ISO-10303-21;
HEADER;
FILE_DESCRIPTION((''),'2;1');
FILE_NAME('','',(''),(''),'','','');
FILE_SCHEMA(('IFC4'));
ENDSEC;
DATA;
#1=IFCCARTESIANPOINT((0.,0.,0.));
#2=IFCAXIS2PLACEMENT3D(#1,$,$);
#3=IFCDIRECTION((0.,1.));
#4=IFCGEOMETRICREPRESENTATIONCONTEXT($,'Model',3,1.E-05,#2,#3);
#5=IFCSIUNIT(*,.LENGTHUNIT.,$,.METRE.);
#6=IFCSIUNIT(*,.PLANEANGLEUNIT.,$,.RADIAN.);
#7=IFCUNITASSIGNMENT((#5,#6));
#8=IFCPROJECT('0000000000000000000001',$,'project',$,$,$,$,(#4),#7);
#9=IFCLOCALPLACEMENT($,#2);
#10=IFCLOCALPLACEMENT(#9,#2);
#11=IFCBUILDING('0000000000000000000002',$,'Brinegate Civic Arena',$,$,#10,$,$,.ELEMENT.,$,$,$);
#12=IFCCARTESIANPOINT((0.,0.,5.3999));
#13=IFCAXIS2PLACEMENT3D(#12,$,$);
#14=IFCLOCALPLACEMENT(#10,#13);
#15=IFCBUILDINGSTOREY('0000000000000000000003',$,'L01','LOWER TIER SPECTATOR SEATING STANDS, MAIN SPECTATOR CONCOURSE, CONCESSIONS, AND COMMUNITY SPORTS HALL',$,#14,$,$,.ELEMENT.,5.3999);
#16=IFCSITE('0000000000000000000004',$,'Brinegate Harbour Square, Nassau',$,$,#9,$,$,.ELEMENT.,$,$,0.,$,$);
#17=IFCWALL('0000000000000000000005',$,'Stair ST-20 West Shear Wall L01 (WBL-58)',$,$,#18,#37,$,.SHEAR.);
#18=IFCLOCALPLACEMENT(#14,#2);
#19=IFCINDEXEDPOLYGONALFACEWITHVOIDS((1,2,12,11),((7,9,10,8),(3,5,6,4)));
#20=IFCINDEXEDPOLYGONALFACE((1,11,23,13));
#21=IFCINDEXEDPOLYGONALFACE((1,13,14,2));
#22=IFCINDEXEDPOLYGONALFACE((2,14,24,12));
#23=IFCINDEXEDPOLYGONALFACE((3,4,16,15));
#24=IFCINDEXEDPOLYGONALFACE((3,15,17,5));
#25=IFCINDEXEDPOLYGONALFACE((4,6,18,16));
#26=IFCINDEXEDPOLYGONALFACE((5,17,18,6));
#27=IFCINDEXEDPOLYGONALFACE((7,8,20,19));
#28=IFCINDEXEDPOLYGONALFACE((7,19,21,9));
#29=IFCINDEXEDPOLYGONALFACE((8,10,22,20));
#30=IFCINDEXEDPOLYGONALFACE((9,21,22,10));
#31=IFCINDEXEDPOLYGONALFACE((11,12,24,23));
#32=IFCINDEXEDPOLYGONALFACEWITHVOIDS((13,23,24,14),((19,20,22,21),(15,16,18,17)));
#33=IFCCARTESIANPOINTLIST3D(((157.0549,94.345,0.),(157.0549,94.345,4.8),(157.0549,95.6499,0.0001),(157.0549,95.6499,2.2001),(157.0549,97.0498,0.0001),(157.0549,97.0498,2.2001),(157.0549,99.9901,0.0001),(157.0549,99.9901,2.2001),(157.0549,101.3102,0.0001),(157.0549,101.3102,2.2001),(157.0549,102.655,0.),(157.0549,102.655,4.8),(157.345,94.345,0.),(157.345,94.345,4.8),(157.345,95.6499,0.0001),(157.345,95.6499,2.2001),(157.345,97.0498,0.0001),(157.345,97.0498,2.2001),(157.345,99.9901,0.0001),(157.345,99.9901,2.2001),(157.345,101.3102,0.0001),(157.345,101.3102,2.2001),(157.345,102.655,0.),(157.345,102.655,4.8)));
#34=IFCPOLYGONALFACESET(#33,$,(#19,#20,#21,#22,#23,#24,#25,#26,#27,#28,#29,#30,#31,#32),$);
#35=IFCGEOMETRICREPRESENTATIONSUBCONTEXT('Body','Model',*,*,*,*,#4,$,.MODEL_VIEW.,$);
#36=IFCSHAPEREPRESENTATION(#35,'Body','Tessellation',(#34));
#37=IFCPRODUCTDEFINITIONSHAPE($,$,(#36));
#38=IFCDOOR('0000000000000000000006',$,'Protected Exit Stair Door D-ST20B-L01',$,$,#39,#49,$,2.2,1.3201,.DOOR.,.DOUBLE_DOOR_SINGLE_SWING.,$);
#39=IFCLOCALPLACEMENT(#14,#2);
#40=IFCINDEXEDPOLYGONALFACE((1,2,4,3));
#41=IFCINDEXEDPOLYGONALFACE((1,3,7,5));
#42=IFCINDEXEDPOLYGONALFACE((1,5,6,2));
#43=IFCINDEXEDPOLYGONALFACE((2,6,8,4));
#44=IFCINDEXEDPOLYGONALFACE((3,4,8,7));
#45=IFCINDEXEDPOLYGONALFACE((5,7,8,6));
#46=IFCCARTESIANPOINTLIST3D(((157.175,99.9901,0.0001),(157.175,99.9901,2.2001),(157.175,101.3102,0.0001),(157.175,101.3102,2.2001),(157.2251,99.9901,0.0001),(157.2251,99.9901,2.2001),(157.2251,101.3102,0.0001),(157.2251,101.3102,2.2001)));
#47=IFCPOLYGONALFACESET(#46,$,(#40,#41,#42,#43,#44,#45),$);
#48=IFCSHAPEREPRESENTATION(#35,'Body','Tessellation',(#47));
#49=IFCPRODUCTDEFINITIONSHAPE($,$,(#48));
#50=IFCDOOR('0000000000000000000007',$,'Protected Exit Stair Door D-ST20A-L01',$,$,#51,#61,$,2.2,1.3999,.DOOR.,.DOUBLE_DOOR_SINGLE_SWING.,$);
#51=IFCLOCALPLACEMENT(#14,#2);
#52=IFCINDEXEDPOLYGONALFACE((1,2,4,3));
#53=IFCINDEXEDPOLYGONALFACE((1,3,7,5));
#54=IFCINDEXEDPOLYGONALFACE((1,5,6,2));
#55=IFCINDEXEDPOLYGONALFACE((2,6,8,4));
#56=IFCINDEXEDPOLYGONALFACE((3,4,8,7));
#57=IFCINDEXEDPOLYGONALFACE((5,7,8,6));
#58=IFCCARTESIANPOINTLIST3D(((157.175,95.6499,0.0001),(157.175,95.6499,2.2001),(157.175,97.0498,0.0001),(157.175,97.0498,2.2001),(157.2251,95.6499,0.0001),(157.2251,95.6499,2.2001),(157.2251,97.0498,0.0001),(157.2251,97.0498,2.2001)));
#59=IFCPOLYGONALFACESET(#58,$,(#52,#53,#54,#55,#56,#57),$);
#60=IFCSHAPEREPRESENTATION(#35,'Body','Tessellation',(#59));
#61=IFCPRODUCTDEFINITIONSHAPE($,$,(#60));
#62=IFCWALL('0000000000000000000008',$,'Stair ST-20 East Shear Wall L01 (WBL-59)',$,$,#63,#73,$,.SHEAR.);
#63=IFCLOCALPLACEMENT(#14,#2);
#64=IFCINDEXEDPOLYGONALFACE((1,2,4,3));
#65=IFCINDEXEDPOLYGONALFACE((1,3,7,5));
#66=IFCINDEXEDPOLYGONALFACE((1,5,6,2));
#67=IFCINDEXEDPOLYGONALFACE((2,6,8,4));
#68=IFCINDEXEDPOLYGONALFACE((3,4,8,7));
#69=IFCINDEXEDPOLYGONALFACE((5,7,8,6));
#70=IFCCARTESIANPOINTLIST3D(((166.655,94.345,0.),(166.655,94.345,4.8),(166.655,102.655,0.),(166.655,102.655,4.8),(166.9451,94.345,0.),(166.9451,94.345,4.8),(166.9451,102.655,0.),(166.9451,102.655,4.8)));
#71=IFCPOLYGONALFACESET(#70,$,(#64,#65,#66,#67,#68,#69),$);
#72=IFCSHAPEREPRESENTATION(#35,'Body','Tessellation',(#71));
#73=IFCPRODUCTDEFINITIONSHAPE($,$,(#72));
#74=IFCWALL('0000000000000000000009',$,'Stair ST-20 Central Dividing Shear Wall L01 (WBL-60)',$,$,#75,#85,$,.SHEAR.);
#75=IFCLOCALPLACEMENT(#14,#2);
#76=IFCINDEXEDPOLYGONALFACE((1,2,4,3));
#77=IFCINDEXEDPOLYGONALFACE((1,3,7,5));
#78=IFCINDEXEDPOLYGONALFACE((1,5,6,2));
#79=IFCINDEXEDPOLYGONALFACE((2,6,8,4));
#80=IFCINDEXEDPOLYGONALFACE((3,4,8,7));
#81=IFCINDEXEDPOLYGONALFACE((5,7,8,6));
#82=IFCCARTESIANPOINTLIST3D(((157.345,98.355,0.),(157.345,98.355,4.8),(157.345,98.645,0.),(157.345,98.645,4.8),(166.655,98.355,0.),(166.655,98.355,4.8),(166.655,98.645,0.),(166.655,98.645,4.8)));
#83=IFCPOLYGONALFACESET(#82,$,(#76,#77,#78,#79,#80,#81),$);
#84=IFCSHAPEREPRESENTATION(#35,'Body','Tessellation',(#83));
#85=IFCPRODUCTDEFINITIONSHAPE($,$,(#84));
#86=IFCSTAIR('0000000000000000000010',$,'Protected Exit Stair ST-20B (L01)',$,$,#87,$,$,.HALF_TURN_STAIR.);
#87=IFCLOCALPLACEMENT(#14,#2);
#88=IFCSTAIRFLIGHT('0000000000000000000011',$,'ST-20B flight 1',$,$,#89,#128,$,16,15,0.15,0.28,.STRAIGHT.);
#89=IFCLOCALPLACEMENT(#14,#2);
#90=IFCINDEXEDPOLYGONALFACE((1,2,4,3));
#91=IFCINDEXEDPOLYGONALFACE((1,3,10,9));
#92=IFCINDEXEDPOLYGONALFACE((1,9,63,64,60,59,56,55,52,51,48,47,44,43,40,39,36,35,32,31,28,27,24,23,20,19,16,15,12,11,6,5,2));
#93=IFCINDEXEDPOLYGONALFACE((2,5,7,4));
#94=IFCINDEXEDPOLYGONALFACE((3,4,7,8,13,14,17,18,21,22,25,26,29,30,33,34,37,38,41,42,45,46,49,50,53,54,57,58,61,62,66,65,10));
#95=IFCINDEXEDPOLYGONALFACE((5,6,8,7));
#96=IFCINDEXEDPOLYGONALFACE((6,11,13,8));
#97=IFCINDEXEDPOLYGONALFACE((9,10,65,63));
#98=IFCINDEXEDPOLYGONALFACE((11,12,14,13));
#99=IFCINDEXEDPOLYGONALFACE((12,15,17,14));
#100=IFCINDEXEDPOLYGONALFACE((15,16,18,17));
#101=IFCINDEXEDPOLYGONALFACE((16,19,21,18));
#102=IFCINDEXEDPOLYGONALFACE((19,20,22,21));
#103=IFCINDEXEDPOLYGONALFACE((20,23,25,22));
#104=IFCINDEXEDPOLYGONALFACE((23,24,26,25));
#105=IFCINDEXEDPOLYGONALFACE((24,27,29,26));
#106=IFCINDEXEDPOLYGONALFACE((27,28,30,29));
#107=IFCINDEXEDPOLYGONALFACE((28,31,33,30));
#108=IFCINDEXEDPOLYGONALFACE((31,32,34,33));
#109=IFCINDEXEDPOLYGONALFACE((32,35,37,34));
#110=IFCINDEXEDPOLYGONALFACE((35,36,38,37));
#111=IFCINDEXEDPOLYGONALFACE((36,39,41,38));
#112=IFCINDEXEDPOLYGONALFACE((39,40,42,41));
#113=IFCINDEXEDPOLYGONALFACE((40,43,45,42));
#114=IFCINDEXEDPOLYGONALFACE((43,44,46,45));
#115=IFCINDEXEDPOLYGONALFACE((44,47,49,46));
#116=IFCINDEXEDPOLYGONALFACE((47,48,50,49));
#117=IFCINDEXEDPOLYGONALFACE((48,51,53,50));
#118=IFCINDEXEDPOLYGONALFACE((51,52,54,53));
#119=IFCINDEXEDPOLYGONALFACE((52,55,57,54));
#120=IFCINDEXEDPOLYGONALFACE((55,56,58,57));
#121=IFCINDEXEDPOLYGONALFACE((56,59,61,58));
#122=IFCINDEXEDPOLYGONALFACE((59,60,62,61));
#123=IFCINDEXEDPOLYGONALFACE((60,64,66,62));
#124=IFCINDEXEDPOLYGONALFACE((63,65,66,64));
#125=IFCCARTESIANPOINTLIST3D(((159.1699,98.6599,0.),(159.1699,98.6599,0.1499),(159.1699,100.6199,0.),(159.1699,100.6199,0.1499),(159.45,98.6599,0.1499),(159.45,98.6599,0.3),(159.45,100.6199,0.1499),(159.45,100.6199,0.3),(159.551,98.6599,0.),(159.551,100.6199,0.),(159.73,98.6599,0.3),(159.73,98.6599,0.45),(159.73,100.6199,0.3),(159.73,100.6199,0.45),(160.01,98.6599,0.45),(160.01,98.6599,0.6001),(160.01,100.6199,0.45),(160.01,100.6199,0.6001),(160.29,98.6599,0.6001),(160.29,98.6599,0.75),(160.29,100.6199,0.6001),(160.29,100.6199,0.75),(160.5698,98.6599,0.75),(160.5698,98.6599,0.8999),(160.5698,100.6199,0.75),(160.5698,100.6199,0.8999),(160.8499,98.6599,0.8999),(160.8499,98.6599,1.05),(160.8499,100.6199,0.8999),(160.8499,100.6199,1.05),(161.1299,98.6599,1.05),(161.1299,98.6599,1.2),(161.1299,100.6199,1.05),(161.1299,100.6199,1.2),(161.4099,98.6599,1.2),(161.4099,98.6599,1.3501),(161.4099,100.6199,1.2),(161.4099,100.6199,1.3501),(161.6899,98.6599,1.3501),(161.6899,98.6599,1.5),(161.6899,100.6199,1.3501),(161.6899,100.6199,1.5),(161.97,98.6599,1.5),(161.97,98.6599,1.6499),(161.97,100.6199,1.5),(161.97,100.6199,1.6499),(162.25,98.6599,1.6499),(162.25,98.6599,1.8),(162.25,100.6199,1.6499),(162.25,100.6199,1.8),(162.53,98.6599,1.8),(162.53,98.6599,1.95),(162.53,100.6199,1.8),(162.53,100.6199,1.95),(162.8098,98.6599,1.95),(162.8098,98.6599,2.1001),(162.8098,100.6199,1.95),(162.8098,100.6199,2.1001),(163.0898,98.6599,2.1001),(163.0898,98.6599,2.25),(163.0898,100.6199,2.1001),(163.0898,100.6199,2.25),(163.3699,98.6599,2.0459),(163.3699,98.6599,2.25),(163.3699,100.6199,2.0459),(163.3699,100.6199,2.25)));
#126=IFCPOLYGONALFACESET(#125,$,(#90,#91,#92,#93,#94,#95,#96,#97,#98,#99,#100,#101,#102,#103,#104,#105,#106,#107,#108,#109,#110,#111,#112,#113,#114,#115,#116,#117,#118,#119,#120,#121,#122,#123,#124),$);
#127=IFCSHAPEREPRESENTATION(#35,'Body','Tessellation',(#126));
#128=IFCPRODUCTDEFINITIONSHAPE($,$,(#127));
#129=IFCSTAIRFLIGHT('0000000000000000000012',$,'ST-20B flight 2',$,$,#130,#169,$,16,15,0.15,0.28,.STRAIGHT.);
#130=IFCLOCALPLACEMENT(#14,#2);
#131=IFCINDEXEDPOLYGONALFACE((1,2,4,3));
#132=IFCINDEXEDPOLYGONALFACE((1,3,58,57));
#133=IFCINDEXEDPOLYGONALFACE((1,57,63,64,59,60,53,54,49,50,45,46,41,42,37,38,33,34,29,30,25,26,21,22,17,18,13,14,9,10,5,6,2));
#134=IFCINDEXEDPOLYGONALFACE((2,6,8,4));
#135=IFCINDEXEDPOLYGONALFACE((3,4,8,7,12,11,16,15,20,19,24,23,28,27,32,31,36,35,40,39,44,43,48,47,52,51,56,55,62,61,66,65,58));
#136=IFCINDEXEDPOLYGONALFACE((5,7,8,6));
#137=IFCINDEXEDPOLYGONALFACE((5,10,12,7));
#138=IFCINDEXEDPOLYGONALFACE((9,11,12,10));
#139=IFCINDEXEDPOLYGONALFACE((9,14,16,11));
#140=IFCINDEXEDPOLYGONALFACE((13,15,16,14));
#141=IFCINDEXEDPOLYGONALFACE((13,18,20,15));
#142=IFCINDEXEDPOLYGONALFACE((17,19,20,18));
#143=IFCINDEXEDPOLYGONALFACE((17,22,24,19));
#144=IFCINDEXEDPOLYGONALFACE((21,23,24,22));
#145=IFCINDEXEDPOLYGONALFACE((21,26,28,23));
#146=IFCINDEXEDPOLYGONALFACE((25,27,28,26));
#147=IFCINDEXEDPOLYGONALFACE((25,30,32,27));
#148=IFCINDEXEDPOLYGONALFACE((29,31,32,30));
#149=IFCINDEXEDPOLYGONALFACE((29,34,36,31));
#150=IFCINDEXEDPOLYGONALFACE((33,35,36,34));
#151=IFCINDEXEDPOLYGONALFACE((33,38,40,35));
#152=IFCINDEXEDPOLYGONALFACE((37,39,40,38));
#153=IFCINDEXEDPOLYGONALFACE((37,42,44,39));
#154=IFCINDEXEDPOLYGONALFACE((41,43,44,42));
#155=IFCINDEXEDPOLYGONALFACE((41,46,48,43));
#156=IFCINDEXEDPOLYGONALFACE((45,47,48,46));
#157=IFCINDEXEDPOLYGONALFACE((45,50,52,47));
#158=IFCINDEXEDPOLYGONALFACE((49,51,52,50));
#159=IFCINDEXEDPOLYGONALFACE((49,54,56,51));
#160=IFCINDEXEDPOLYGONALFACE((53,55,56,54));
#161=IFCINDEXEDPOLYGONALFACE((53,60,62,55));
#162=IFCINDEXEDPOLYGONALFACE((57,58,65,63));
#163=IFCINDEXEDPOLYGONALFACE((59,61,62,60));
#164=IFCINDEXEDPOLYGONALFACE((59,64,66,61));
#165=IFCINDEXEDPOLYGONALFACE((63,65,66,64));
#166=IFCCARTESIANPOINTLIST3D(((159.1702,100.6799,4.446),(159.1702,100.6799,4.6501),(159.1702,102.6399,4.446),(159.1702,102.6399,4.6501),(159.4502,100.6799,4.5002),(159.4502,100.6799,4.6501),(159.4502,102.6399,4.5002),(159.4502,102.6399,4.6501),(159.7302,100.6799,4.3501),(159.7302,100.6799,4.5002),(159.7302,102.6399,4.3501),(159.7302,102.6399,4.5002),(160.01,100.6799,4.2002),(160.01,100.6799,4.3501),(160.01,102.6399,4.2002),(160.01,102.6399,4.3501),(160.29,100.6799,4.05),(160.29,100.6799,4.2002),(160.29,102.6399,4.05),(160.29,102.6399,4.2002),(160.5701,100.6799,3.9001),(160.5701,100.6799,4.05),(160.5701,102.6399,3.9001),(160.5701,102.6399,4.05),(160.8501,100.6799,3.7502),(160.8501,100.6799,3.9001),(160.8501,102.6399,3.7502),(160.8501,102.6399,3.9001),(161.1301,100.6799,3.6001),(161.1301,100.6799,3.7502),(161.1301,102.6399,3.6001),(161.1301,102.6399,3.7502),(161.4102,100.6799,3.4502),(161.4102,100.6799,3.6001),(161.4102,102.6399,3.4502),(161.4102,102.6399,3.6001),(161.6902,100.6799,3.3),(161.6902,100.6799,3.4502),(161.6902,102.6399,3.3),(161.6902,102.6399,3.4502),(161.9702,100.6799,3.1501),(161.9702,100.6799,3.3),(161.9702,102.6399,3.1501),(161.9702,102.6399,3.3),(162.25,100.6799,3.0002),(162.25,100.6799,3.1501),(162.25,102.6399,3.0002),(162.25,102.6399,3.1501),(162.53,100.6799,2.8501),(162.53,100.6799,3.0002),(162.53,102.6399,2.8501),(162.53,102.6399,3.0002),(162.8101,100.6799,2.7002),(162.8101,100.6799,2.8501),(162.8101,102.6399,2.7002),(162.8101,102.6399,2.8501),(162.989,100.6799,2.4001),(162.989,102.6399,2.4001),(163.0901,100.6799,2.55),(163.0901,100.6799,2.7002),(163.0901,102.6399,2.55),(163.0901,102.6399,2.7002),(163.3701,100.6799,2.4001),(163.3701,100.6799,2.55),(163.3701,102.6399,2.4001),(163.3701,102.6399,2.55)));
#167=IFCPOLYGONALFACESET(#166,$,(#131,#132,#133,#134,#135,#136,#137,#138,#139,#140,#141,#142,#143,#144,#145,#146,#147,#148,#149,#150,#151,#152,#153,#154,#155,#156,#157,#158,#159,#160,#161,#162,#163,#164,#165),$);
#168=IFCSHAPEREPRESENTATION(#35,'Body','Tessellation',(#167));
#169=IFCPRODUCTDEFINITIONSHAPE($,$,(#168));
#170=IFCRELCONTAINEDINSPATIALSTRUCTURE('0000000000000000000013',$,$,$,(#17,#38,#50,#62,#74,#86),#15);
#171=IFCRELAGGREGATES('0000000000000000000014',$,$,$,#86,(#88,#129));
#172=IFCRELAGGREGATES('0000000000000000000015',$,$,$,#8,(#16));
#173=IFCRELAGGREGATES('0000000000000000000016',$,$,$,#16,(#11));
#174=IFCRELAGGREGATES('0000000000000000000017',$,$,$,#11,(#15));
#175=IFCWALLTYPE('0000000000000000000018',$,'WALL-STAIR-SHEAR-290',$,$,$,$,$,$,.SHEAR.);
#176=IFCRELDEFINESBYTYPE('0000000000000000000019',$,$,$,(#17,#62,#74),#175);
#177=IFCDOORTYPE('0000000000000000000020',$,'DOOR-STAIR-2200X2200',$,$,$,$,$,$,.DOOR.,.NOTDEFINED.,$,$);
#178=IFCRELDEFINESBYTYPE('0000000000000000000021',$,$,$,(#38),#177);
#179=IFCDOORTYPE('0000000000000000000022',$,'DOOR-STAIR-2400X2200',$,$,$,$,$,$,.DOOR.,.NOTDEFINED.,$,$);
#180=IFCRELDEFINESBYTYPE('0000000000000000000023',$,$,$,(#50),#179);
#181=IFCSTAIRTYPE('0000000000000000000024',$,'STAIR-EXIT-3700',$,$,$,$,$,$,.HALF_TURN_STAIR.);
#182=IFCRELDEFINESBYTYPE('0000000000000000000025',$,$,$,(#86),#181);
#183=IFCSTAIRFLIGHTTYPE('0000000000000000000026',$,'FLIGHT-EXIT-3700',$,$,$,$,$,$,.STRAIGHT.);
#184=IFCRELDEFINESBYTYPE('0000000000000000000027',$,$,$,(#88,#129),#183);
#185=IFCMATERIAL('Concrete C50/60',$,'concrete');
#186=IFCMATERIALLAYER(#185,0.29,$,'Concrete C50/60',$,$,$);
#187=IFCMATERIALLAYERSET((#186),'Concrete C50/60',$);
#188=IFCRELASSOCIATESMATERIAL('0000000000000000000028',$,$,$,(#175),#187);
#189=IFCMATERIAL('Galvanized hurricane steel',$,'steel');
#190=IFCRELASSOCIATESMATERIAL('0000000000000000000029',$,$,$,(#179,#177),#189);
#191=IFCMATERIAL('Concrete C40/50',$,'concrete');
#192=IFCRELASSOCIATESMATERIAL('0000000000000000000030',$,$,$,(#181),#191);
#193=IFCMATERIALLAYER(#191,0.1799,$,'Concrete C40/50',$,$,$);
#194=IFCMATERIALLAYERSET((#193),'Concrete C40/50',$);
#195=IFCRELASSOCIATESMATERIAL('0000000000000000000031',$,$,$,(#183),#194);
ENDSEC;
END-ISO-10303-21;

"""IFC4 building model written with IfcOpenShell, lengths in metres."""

from ifc_helpers import new_model, si_unit, direction, frame, frame_2d, origin, place, context, subcontext, project, spatial, polyline, rectangle, outline, extrude, material, layer, layer_set, type_object, element, fill, aggregate, save


model = new_model("IFC4")

# Units and contexts
model_context = context("Model", 3, precision=1e-05, world=origin(), true_north=direction((0.0, 1.0)))
body_context = subcontext(model_context, "Body", "Model", "MODEL_VIEW")
ifc_project = project(units=[si_unit("LENGTHUNIT", "METRE"), si_unit("PLANEANGLEUNIT", "RADIAN")], contexts=[model_context])

# Site, building, storey
site_placement = place(None, origin())
site = spatial("IfcSite", under=ifc_project, at=site_placement, Name="Brinegate Harbour Square, Nassau", CompositionType="ELEMENT", RefElevation=0.0)
building_placement = place(site_placement, origin())
building = spatial("IfcBuilding", under=site, at=building_placement, Name="Brinegate Civic Arena", CompositionType="ELEMENT")
storey_placement = place(building_placement, frame((0.0, 0.0, 5.3999)))
storey = spatial("IfcBuildingStorey", under=building, at=storey_placement, Name="L01", Description="LOWER TIER SPECTATOR SEATING STANDS, MAIN SPECTATOR CONCOURSE, CONCESSIONS, AND COMMUNITY SPORTS HALL", CompositionType="ELEMENT", Elevation=5.3999)

# Shared definitions
ifc_material_1 = material(Name="Concrete C50/60", Category="concrete")

# Shared definitions
ifc_layer_1 = layer(ifc_material_1, 0.29, Name="Concrete C50/60")
ifc_layer_set_1 = layer_set([ifc_layer_1], Name="Concrete C50/60")
wall_type_1 = type_object("IfcWallType", Name="WALL-STAIR-SHEAR-290", PredefinedType="SHEAR", material=ifc_layer_set_1)

# Shared definitions
ifc_material_2 = material(Name="Galvanized hurricane steel", Category="steel")
door_type_1 = type_object("IfcDoorType", Name="DOOR-STAIR-2400X2200", OperationType="NOTDEFINED", PredefinedType="DOOR", material=ifc_material_2)
door_type_2 = type_object("IfcDoorType", Name="DOOR-STAIR-2200X2200", OperationType="NOTDEFINED", PredefinedType="DOOR", material=ifc_material_2)

# Wall, openings, doors
wall_1_placement = place(storey_placement, frame((157.2, 94.345, 0.0), z_axis=(0.0, 0.0, 1.0), x_axis=(0.0, 1.0, 0.0)))
wall_1 = element("IfcWall", 1, at=wall_1_placement, inside=storey, type_object=wall_type_1, Name="Stair ST-20 West Shear Wall L01 (WBL-58)", PredefinedType="SHEAR", context=body_context, shape_type="SweptSolid", body=[
    extrude(rectangle(XDim=8.3101, YDim=0.29, at=frame_2d((4.155, 0.0))), origin(), (0.0, 0.0, 1.0), 4.8),
])
opening_1_placement = place(wall_1_placement, frame((1.3049, 0.0, 0.0)))
opening_1 = element("IfcOpeningElement", 2, at=opening_1_placement, cuts=wall_1, PredefinedType="OPENING", context=body_context, shape_type="SweptSolid", body=[
    extrude(rectangle(XDim=1.3999, YDim=2.2, at=frame_2d((0.7, 1.1001))), frame((0.0, 0.155, 0.0), z_axis=(0.0, -1.0, 0.0), x_axis=(1.0, 0.0, 0.0)), (0.0, 0.0, 1.0), 0.3101),
])
opening_2_placement = place(wall_1_placement, frame((5.645, 0.0, 0.0)))
opening_2 = element("IfcOpeningElement", 3, at=opening_2_placement, cuts=wall_1, PredefinedType="OPENING", context=body_context, shape_type="SweptSolid", body=[
    extrude(rectangle(XDim=1.3201, YDim=2.2, at=frame_2d((0.6602, 1.1001))), frame((0.0, 0.155, 0.0), z_axis=(0.0, -1.0, 0.0), x_axis=(1.0, 0.0, 0.0)), (0.0, 0.0, 1.0), 0.3101),
])
door_1_placement = place(opening_2_placement, origin())
door_1 = element("IfcDoor", 4, at=door_1_placement, inside=storey, type_object=door_type_2, Name="Protected Exit Stair Door D-ST20B-L01", OperationType="DOUBLE_DOOR_SINGLE_SWING", OverallHeight=2.2, OverallWidth=1.3201, PredefinedType="DOOR", context=body_context, shape_type="SweptSolid", body=[
    extrude(rectangle(XDim=1.3201, YDim=2.2, at=frame_2d((0.6602, 1.1001))), frame((0.0, 0.0249, 0.0), z_axis=(0.0, -1.0, 0.0), x_axis=(1.0, 0.0, 0.0)), (0.0, 0.0, 1.0), 0.05),
])
fill(opening_2, door_1)
door_2_placement = place(opening_1_placement, origin())
door_2 = element("IfcDoor", 5, at=door_2_placement, inside=storey, type_object=door_type_1, Name="Protected Exit Stair Door D-ST20A-L01", OperationType="DOUBLE_DOOR_SINGLE_SWING", OverallHeight=2.2, OverallWidth=1.3999, PredefinedType="DOOR", context=body_context, shape_type="SweptSolid", body=[
    extrude(rectangle(XDim=1.3999, YDim=2.2, at=frame_2d((0.7, 1.1001))), frame((0.0, 0.0249, 0.0), z_axis=(0.0, -1.0, 0.0), x_axis=(1.0, 0.0, 0.0)), (0.0, 0.0, 1.0), 0.05),
])
fill(opening_1, door_2)

# Walls
wall_2_placement = place(storey_placement, frame((166.8, 94.345, 0.0), z_axis=(0.0, 0.0, 1.0), x_axis=(0.0, 1.0, 0.0)))
element("IfcWall", 6, at=wall_2_placement, inside=storey, type_object=wall_type_1, Name="Stair ST-20 East Shear Wall L01 (WBL-59)", PredefinedType="SHEAR", context=body_context, shape_type="SweptSolid", body=[
    extrude(rectangle(XDim=8.3101, YDim=0.29, at=frame_2d((4.155, 0.0))), origin(), (0.0, 0.0, 1.0), 4.8),
])
wall_3_placement = place(storey_placement, frame((157.345, 98.5, 0.0), z_axis=(0.0, 0.0, 1.0), x_axis=(1.0, 0.0, 0.0)))
element("IfcWall", 7, at=wall_3_placement, inside=storey, type_object=wall_type_1, Name="Stair ST-20 Central Dividing Shear Wall L01 (WBL-60)", PredefinedType="SHEAR", context=body_context, shape_type="SweptSolid", body=[
    extrude(rectangle(XDim=9.3101, YDim=0.29, at=frame_2d((4.655, 0.0))), origin(), (0.0, 0.0, 1.0), 4.8),
])

# Stair, stair flights
ifc_material_3 = material(Name="Concrete C40/50", Category="concrete")
stair_type_1 = type_object("IfcStairType", Name="STAIR-EXIT-3700", PredefinedType="HALF_TURN_STAIR", material=ifc_material_3)
stair_1_placement = place(storey_placement, origin())
stair_1 = element("IfcStair", 8, at=stair_1_placement, inside=storey, type_object=stair_type_1, Name="Protected Exit Stair ST-20B (L01)", PredefinedType="HALF_TURN_STAIR")
ifc_layer_2 = layer(ifc_material_3, 0.1799, Name="Concrete C40/50")
ifc_layer_set_2 = layer_set([ifc_layer_2], Name="Concrete C40/50")
stair_flight_type_1 = type_object("IfcStairFlightType", Name="FLIGHT-EXIT-3700", PredefinedType="STRAIGHT", material=ifc_layer_set_2)
stair_flight_1_placement = place(storey_placement, frame((159.1699, 99.6399, 0.0), z_axis=(0.0, 0.0, 1.0), x_axis=(1.0, 0.0, 0.0)))
stair_flight_1 = element("IfcStairFlight", 9, at=stair_flight_1_placement, type_object=stair_flight_type_1, Name="ST-20B flight 1", NumberOfRisers=16, NumberOfTreads=15, PredefinedType="STRAIGHT", RiserHeight=0.15, TreadLength=0.28, context=body_context, shape_type="SweptSolid", body=[
    extrude(outline(polyline([(0.0, 0.0), (0.0, 0.1499), (0.28, 0.1499), (0.28, 0.3), (0.5601, 0.3), (0.5601, 0.45), (0.8401, 0.45), (0.8401, 0.6001), (1.1201, 0.6001), (1.1201, 0.75), (1.3999, 0.75), (1.3999, 0.8999), (1.6799, 0.8999), (1.6799, 1.05), (1.96, 1.05), (1.96, 1.2), (2.24, 1.2), (2.24, 1.3501), (2.52, 1.3501), (2.52, 1.5), (2.8, 1.5), (2.8, 1.6499), (3.0801, 1.6499), (3.0801, 1.8), (3.3601, 1.8), (3.3601, 1.95), (3.6399, 1.95), (3.6399, 2.1001), (3.9199, 2.1001), (3.9199, 2.25), (4.2, 2.25), (4.2, 2.3999), (4.2, 2.0459), (0.3811, 0.0), (0.0, 0.0)])), frame((0.0, 0.98, 0.0), z_axis=(0.0, -1.0, 0.0), x_axis=(1.0, 0.0, 0.0)), (0.0, 0.0, 1.0), 1.96),
])
stair_flight_2_placement = place(storey_placement, frame((163.3701, 101.6599, 2.4001), z_axis=(0.0, 0.0, 1.0), x_axis=(-1.0, 0.0, 0.0)))
stair_flight_2 = element("IfcStairFlight", 10, at=stair_flight_2_placement, type_object=stair_flight_type_1, Name="ST-20B flight 2", NumberOfRisers=16, NumberOfTreads=15, PredefinedType="STRAIGHT", RiserHeight=0.15, TreadLength=0.28, context=body_context, shape_type="SweptSolid", body=[
    extrude(outline(polyline([(0.0, 0.0), (0.0, 0.1499), (0.28, 0.1499), (0.28, 0.3), (0.5601, 0.3), (0.5601, 0.45), (0.8401, 0.45), (0.8401, 0.6001), (1.1201, 0.6001), (1.1201, 0.75), (1.3999, 0.75), (1.3999, 0.8999), (1.6799, 0.8999), (1.6799, 1.05), (1.96, 1.05), (1.96, 1.2), (2.24, 1.2), (2.24, 1.3501), (2.52, 1.3501), (2.52, 1.5), (2.8, 1.5), (2.8, 1.6499), (3.0801, 1.6499), (3.0801, 1.8), (3.3601, 1.8), (3.3601, 1.95), (3.6399, 1.95), (3.6399, 2.1001), (3.9199, 2.1001), (3.9199, 2.25), (4.2, 2.25), (4.2, 2.3999), (4.2, 2.0459), (0.3811, 0.0), (0.0, 0.0)])), frame((0.0, 0.98, 0.0), z_axis=(0.0, -1.0, 0.0), x_axis=(1.0, 0.0, 0.0)), (0.0, 0.0, 1.0), 1.96),
])
aggregate(stair_1, [stair_flight_1, stair_flight_2])

save(model, "model.ifc")
